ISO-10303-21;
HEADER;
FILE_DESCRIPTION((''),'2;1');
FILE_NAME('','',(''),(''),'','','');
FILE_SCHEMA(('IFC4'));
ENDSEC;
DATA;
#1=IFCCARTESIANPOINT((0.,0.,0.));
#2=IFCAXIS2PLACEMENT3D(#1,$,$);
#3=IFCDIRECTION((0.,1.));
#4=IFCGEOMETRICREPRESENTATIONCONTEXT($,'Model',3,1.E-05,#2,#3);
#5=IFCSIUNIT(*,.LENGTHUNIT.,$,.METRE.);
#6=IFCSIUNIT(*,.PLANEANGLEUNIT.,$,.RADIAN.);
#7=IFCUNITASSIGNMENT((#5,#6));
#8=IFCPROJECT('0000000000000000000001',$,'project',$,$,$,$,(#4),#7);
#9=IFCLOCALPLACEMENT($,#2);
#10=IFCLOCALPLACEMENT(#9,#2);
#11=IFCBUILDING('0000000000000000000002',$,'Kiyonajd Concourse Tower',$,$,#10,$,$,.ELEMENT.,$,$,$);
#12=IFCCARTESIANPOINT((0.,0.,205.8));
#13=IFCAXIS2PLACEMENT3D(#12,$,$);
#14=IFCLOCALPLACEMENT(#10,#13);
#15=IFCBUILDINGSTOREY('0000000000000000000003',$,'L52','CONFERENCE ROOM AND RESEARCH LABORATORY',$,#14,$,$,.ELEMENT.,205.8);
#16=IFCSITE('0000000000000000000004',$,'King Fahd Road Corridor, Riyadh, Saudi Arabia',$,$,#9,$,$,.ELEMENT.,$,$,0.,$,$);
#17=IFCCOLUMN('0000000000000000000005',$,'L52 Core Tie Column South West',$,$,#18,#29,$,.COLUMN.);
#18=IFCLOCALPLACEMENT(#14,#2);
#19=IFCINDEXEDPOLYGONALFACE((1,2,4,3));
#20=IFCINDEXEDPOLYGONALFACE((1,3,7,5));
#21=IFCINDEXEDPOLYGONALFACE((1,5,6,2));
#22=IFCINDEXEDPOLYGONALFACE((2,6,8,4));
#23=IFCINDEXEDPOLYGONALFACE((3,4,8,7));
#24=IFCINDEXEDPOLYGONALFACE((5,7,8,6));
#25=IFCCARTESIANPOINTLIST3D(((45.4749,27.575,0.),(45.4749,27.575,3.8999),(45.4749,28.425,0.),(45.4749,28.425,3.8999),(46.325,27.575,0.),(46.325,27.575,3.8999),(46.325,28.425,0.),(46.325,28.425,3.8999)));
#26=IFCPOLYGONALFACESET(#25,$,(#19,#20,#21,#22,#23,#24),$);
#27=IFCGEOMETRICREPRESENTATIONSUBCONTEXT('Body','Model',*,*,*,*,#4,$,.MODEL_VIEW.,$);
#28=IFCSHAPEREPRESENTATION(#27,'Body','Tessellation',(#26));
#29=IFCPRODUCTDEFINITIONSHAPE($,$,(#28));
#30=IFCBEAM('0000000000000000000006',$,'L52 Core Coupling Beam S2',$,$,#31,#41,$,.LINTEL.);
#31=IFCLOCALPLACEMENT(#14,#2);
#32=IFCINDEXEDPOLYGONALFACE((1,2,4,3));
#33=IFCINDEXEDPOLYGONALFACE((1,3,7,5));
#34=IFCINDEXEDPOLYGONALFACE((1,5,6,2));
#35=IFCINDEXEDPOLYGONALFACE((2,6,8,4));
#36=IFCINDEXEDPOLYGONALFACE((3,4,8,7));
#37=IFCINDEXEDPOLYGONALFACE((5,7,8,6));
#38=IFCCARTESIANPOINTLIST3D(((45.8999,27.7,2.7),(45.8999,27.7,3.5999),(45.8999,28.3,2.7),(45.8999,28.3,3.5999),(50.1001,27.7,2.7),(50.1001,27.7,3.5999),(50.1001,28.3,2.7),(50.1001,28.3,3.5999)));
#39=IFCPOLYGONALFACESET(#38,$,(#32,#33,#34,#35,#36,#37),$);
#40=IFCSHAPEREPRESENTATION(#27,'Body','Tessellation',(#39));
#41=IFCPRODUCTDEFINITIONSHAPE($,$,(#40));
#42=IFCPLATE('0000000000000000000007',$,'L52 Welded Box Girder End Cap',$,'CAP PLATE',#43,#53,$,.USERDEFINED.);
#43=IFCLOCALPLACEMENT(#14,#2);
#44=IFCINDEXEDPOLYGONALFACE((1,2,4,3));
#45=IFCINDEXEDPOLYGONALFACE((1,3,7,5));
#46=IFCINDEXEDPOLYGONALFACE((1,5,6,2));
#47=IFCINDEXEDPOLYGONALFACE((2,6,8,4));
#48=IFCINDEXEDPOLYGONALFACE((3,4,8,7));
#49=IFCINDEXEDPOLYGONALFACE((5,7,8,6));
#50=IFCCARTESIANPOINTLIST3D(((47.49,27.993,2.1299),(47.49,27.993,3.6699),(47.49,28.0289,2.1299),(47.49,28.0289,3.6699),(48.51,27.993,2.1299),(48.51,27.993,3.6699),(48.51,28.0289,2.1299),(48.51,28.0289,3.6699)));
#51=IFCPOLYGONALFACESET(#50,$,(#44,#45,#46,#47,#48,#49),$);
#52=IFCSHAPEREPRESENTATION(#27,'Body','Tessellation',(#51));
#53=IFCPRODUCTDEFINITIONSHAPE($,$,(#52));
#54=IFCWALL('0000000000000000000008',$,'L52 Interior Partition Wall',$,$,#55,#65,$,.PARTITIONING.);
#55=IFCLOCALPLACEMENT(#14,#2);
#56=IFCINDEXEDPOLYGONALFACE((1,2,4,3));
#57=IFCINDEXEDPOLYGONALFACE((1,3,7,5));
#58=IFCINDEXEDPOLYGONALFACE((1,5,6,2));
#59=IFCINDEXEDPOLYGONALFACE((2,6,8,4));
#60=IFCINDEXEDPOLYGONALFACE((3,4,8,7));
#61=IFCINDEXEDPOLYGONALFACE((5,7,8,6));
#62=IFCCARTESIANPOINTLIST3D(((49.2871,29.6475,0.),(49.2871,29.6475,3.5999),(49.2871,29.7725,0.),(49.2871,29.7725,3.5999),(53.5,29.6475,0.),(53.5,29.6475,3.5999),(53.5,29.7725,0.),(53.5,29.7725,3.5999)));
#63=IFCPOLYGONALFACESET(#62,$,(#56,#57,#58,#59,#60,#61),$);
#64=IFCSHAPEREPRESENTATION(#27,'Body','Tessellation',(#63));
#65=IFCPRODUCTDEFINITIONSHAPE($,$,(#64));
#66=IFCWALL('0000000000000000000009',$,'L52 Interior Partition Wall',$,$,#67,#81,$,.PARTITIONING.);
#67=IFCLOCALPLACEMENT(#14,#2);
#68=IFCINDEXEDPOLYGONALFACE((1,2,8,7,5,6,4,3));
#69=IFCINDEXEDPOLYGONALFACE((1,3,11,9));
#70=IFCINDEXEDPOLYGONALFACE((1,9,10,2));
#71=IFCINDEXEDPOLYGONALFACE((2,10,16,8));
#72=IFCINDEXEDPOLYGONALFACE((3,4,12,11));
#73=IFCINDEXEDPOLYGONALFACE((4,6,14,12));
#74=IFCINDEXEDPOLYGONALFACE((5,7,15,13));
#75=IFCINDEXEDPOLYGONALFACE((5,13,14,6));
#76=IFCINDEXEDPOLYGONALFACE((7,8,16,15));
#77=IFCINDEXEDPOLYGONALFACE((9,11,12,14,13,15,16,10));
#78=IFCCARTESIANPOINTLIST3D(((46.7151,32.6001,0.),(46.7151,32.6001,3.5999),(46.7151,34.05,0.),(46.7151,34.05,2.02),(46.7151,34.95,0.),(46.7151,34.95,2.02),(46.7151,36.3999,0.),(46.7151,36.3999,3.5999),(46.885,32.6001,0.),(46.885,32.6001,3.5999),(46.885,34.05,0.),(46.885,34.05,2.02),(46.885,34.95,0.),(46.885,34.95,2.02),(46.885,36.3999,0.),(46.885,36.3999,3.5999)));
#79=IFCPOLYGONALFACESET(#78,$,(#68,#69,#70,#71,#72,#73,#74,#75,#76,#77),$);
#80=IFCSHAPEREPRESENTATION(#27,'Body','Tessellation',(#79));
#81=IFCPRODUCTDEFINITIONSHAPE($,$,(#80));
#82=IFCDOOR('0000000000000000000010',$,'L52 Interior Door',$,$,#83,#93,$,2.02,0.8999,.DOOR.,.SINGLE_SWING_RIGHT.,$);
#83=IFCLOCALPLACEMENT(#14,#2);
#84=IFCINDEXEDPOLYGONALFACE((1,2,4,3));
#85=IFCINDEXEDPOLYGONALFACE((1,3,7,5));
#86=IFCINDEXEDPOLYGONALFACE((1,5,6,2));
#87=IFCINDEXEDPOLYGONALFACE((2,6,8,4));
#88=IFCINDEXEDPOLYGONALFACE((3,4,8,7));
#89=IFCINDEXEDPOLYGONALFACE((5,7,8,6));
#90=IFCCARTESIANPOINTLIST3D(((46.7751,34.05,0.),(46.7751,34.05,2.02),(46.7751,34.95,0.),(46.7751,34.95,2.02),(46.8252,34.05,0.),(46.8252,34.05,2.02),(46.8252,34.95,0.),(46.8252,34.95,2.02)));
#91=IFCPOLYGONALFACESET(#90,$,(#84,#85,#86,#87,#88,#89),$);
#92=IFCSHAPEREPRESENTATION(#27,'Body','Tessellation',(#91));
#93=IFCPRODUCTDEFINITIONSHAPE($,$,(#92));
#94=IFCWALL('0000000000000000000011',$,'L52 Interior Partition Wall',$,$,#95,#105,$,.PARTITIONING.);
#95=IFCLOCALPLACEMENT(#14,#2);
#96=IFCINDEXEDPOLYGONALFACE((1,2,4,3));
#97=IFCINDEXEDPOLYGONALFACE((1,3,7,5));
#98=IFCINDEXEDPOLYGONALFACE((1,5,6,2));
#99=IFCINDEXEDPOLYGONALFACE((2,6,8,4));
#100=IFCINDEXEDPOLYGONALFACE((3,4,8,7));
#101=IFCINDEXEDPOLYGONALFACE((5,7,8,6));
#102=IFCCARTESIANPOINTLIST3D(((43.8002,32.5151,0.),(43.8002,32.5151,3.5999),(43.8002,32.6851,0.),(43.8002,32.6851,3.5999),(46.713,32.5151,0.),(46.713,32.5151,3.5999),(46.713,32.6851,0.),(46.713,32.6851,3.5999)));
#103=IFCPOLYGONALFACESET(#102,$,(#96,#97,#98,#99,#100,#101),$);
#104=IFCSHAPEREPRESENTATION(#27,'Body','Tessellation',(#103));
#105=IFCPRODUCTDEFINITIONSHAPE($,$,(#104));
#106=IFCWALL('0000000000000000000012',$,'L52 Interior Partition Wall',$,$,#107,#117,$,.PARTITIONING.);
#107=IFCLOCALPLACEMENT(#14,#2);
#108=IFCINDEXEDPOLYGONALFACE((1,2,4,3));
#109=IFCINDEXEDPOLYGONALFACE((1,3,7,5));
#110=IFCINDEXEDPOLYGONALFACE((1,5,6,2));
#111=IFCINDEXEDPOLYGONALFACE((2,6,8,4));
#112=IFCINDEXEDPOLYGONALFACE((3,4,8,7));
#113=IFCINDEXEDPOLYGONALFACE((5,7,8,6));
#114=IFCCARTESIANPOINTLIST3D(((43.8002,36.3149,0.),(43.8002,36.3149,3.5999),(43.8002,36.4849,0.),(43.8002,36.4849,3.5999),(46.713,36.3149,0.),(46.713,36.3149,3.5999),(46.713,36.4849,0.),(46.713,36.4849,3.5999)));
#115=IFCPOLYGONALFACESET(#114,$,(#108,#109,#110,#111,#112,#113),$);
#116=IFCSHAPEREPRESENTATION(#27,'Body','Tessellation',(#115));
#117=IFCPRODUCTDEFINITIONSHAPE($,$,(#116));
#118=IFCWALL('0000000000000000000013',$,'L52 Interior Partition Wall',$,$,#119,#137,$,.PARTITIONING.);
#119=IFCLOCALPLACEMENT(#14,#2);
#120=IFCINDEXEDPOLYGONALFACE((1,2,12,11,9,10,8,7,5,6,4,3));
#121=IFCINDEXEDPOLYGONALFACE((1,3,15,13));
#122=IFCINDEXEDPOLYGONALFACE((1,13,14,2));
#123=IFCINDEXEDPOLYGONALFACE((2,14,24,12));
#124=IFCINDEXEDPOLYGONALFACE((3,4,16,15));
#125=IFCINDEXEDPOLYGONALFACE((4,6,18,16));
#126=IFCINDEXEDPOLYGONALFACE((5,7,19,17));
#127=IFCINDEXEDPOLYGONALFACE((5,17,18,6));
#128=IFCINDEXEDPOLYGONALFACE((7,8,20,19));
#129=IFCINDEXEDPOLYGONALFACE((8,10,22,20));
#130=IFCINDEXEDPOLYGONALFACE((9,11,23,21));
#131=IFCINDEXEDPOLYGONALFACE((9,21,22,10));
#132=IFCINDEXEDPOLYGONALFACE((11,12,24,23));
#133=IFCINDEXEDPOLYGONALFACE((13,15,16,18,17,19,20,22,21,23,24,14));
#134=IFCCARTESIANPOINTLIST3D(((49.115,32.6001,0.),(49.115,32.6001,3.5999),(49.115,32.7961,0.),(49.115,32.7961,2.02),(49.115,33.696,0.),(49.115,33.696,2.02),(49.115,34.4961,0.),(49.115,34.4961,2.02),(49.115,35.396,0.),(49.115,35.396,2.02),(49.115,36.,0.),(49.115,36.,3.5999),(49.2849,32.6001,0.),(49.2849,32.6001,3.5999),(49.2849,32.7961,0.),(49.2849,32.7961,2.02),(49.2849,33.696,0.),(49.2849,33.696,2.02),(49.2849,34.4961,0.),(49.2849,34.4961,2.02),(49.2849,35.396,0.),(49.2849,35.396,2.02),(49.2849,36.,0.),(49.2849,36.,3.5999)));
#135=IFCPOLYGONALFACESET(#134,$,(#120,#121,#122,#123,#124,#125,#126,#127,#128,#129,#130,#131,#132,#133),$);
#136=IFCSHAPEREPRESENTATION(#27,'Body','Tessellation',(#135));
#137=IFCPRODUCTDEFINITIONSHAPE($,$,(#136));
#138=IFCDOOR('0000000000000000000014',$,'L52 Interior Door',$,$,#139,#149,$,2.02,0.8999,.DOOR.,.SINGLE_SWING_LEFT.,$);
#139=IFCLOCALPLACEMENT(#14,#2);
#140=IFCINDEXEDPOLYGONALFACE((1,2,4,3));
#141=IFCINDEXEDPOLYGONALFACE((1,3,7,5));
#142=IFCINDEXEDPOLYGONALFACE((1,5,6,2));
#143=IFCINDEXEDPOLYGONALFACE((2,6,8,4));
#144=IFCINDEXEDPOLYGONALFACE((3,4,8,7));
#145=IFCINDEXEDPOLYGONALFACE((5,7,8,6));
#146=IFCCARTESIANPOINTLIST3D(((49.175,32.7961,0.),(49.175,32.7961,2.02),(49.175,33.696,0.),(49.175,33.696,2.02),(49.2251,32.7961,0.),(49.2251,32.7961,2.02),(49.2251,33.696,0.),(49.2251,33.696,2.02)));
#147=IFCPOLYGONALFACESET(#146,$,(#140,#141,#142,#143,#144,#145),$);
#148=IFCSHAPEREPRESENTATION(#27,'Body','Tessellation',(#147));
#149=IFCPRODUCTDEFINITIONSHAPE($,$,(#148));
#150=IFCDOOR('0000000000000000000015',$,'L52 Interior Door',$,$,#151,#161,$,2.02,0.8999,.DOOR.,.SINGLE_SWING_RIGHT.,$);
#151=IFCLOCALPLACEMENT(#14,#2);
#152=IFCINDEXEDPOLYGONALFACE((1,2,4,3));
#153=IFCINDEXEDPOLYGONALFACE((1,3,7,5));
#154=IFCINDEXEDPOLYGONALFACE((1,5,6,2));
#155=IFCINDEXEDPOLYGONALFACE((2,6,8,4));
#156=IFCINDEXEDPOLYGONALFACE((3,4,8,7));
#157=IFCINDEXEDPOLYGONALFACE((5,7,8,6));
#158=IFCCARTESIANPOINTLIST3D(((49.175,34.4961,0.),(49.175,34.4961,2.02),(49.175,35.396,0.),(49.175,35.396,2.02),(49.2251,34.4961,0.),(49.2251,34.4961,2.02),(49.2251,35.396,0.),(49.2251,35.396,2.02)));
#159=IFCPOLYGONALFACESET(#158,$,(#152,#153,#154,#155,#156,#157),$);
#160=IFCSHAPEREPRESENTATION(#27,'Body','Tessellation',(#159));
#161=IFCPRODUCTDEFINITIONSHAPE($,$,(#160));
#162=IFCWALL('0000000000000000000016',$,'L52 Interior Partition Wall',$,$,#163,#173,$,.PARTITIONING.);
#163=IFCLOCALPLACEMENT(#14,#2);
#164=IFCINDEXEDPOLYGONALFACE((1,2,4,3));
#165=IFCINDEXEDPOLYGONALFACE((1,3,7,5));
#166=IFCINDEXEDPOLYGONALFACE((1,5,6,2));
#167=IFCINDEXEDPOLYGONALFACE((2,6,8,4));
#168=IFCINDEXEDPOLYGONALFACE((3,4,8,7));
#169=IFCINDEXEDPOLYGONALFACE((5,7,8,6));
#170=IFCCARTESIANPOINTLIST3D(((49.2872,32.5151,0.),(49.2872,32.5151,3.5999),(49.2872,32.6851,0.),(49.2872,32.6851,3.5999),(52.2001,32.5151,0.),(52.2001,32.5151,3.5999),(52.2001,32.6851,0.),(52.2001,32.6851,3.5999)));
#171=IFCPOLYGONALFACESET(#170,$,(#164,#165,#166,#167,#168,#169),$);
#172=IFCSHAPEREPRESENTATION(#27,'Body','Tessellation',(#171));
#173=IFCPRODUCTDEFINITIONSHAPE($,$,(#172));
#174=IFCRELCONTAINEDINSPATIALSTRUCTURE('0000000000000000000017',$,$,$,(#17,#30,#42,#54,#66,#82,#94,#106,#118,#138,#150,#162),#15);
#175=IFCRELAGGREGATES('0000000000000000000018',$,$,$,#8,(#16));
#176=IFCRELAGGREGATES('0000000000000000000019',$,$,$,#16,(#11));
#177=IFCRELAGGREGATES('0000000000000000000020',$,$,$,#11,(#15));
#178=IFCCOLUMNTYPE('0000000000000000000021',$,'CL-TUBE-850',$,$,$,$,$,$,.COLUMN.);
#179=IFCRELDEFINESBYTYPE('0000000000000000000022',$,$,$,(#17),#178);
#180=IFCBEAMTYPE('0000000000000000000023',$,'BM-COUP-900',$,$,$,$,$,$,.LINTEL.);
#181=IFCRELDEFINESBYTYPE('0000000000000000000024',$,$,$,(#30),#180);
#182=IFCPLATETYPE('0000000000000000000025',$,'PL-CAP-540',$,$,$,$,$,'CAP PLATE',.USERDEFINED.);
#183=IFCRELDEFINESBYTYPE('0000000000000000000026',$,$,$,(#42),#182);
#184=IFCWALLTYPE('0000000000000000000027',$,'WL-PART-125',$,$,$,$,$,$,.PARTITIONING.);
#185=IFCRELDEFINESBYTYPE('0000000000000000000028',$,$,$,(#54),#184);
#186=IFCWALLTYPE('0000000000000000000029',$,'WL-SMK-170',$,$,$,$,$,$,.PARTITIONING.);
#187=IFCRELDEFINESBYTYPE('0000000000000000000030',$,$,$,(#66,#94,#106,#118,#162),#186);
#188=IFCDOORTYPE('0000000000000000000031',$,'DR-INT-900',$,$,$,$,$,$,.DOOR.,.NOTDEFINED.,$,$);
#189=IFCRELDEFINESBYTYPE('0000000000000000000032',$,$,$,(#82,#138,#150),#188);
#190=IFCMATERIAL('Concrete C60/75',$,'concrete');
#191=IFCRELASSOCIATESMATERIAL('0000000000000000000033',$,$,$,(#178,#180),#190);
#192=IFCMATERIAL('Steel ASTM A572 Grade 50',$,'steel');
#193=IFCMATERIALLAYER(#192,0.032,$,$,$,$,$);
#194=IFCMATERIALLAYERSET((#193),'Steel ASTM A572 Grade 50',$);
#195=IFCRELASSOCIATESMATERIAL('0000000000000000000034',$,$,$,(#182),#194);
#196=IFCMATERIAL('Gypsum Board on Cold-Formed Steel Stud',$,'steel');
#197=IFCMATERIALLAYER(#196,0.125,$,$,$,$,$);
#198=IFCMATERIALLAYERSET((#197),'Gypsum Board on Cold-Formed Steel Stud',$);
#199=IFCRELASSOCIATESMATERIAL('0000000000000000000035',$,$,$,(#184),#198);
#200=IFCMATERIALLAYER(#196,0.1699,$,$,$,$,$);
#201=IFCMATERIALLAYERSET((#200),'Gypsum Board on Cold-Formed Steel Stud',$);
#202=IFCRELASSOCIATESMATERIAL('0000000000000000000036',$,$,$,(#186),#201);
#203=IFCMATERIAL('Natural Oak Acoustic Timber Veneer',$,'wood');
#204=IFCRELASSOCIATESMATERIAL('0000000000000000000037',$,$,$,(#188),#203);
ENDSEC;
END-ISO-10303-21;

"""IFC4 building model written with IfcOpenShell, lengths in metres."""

from ifc_helpers import new_model, si_unit, direction, frame, frame_2d, origin, origin_2d, place, context, subcontext, project, spatial, rectangle, extrude, material, layer, layer_set, material_profile, profile_set, type_object, element, fill, save


model = new_model("IFC4")

# Units and contexts
model_context = context("Model", 3, precision=1e-05, world=origin(), true_north=direction((0.0, 1.0)))
body_context = subcontext(model_context, "Body", "Model", "MODEL_VIEW")
ifc_project = project(units=[si_unit("LENGTHUNIT", "METRE"), si_unit("PLANEANGLEUNIT", "RADIAN")], contexts=[model_context])

# Site, building, storey
site_placement = place(None, origin())
site = spatial("IfcSite", under=ifc_project, at=site_placement, Name="King Fahd Road Corridor, Riyadh, Saudi Arabia", CompositionType="ELEMENT", RefElevation=0.0)
building_placement = place(site_placement, origin())
building = spatial("IfcBuilding", under=site, at=building_placement, Name="Kiyonajd Concourse Tower", CompositionType="ELEMENT")
storey_placement = place(building_placement, frame((0.0, 0.0, 205.8)))
storey = spatial("IfcBuildingStorey", under=building, at=storey_placement, Name="L52", Description="CONFERENCE ROOM AND RESEARCH LABORATORY", CompositionType="ELEMENT", Elevation=205.8)

# Column
ifc_material_1 = material(Name="Concrete C60/75", Category="concrete")
ifc_material_profile_1 = material_profile(ifc_material_1, rectangle(XDim=0.8501, YDim=0.8501, at=origin_2d()), Name="RC-850x850")
ifc_profile_set_1 = profile_set([ifc_material_profile_1], Name="Concrete C60/75")
column_type = type_object("IfcColumnType", Name="CL-TUBE-850", PredefinedType="COLUMN", material=ifc_profile_set_1)
column_placement = place(storey_placement, frame((45.8999, 28.0, 0.0), z_axis=(0.0, 0.0, 1.0), x_axis=(1.0, 0.0, 0.0)))
element("IfcColumn", 1, at=column_placement, inside=storey, type_object=column_type, Name="L52 Core Tie Column South West", PredefinedType="COLUMN", context=body_context, shape_type="SweptSolid", body=[
    extrude(rectangle(XDim=0.8501, YDim=0.8501, at=origin_2d()), origin(), (0.0, 0.0, 1.0), 3.8999),
])

# Beam
ifc_material_profile_2 = material_profile(ifc_material_1, rectangle(XDim=0.6001, YDim=0.8999, at=origin_2d()), Name="RCBM-600x900")
ifc_profile_set_2 = profile_set([ifc_material_profile_2], Name="Concrete C60/75")
beam_type = type_object("IfcBeamType", Name="BM-COUP-900", PredefinedType="LINTEL", material=ifc_profile_set_2)
beam_placement = place(storey_placement, frame((45.8999, 28.0, 3.1499), z_axis=(1.0, 0.0, 0.0), x_axis=(0.0, 1.0, 0.0)))
element("IfcBeam", 2, at=beam_placement, inside=storey, type_object=beam_type, Name="L52 Core Coupling Beam S2", PredefinedType="LINTEL", context=body_context, shape_type="SweptSolid", body=[
    extrude(rectangle(XDim=0.6001, YDim=0.8999, at=origin_2d()), origin(), (0.0, 0.0, 1.0), 4.2002),
])

# Plate
ifc_material_2 = material(Name="Steel ASTM A572 Grade 50", Category="steel")
ifc_layer_1 = layer(ifc_material_2, 0.032)
ifc_layer_set_1 = layer_set([ifc_layer_1], Name="Steel ASTM A572 Grade 50")
plate_type = type_object("IfcPlateType", Name="PL-CAP-540", ElementType="CAP PLATE", PredefinedType="USERDEFINED", material=ifc_layer_set_1)
plate_placement = place(storey_placement, frame((48.0, 28.011, 2.1299), z_axis=(0.0, 0.0, 1.0), x_axis=(0.0, 1.0, 0.0)))
element("IfcPlate", 3, at=plate_placement, inside=storey, type_object=plate_type, Name="L52 Welded Box Girder End Cap", ObjectType="CAP PLATE", PredefinedType="USERDEFINED", context=body_context, shape_type="SweptSolid", body=[
    extrude(rectangle(XDim=0.0359, YDim=1.02, at=origin_2d()), origin(), (0.0, 0.0, 1.0), 1.54),
])

# Wall
ifc_material_3 = material(Name="Gypsum Board on Cold-Formed Steel Stud", Category="steel")
ifc_layer_2 = layer(ifc_material_3, 0.125)
ifc_layer_set_2 = layer_set([ifc_layer_2], Name="Gypsum Board on Cold-Formed Steel Stud")
wall_type_1 = type_object("IfcWallType", Name="WL-PART-125", PredefinedType="PARTITIONING", material=ifc_layer_set_2)
wall_1_placement = place(storey_placement, frame((49.2871, 29.71, 0.0), z_axis=(0.0, 0.0, 1.0), x_axis=(1.0, 0.0, 0.0)))
element("IfcWall", 4, at=wall_1_placement, inside=storey, type_object=wall_type_1, Name="L52 Interior Partition Wall", PredefinedType="PARTITIONING", context=body_context, shape_type="SweptSolid", body=[
    extrude(rectangle(XDim=4.2129, YDim=0.125, at=frame_2d((2.1064, 0.0))), origin(), (0.0, 0.0, 1.0), 3.5999),
])

# Wall, opening, door
ifc_layer_3 = layer(ifc_material_3, 0.1699)
ifc_layer_set_3 = layer_set([ifc_layer_3], Name="Gypsum Board on Cold-Formed Steel Stud")
wall_type_2 = type_object("IfcWallType", Name="WL-SMK-170", PredefinedType="PARTITIONING", material=ifc_layer_set_3)
wall_2_placement = place(storey_placement, frame((46.8, 32.6001, 0.0), z_axis=(0.0, 0.0, 1.0), x_axis=(0.0, 1.0, 0.0)))
wall_2 = element("IfcWall", 5, at=wall_2_placement, inside=storey, type_object=wall_type_2, Name="L52 Interior Partition Wall", PredefinedType="PARTITIONING", context=body_context, shape_type="SweptSolid", body=[
    extrude(rectangle(XDim=3.7998, YDim=0.1699, at=frame_2d((1.8999, 0.0))), origin(), (0.0, 0.0, 1.0), 3.5999),
])
opening_1_placement = place(wall_2_placement, frame((1.45, 0.0, 0.0)))
opening_1 = element("IfcOpeningElement", 6, at=opening_1_placement, cuts=wall_2, PredefinedType="OPENING", context=body_context, shape_type="SweptSolid", body=[
    extrude(rectangle(XDim=0.8999, YDim=2.02, at=frame_2d((0.45, 1.01))), frame((0.0, 0.095, 0.0), z_axis=(0.0, -1.0, 0.0), x_axis=(1.0, 0.0, 0.0)), (0.0, 0.0, 1.0), 0.1899),
])
ifc_material_4 = material(Name="Natural Oak Acoustic Timber Veneer", Category="wood")
door_type = type_object("IfcDoorType", Name="DR-INT-900", OperationType="NOTDEFINED", PredefinedType="DOOR", material=ifc_material_4)
door_1_placement = place(opening_1_placement, origin())
door_1 = element("IfcDoor", 7, at=door_1_placement, inside=storey, type_object=door_type, Name="L52 Interior Door", OperationType="SINGLE_SWING_RIGHT", OverallHeight=2.02, OverallWidth=0.8999, PredefinedType="DOOR", context=body_context, shape_type="SweptSolid", body=[
    extrude(rectangle(XDim=0.8999, YDim=2.02, at=frame_2d((0.45, 1.01))), frame((0.0, 0.0249, 0.0), z_axis=(0.0, -1.0, 0.0), x_axis=(1.0, 0.0, 0.0)), (0.0, 0.0, 1.0), 0.05),
])
fill(opening_1, door_1)

# Walls
for number, where, z_axis, x_axis, name in (
    (8, (43.8, 32.6001, 0.0), (0.0, 0.0, 1.0), (1.0, 0.0, 0.0), "L52 Interior Partition Wall"),
    (9, (43.8, 36.3999, 0.0), (0.0, 0.0, 1.0), (1.0, 0.0, 0.0), "L52 Interior Partition Wall"),
):
    element("IfcWall", number, at=place(storey_placement, frame(where, z_axis=z_axis, x_axis=x_axis)), inside=storey, type_object=wall_type_2, Name=name, PredefinedType="PARTITIONING", context=body_context, shape_type="SweptSolid", body=[
        extrude(rectangle(XDim=2.9128, YDim=0.1699, at=frame_2d((1.4565, 0.0))), origin(), (0.0, 0.0, 1.0), 3.5999),
    ])

# Wall, openings, doors
wall_3_placement = place(storey_placement, frame((49.2, 32.6001, 0.0), z_axis=(0.0, 0.0, 1.0), x_axis=(0.0, 1.0, 0.0)))
wall_3 = element("IfcWall", 10, at=wall_3_placement, inside=storey, type_object=wall_type_2, Name="L52 Interior Partition Wall", PredefinedType="PARTITIONING", context=body_context, shape_type="SweptSolid", body=[
    extrude(rectangle(XDim=3.3999, YDim=0.1699, at=frame_2d((1.7, 0.0))), origin(), (0.0, 0.0, 1.0), 3.5999),
])
opening_2_placement = place(wall_3_placement, frame((0.196, 0.0, 0.0)))
opening_2 = element("IfcOpeningElement", 11, at=opening_2_placement, cuts=wall_3, PredefinedType="OPENING", context=body_context, shape_type="SweptSolid", body=[
    extrude(rectangle(XDim=0.8999, YDim=2.02, at=frame_2d((0.45, 1.01))), frame((0.0, 0.095, 0.0), z_axis=(0.0, -1.0, 0.0), x_axis=(1.0, 0.0, 0.0)), (0.0, 0.0, 1.0), 0.1899),
])
opening_3_placement = place(wall_3_placement, frame((1.896, 0.0, 0.0)))
opening_3 = element("IfcOpeningElement", 12, at=opening_3_placement, cuts=wall_3, PredefinedType="OPENING", context=body_context, shape_type="SweptSolid", body=[
    extrude(rectangle(XDim=0.8999, YDim=2.02, at=frame_2d((0.45, 1.01))), frame((0.0, 0.095, 0.0), z_axis=(0.0, -1.0, 0.0), x_axis=(1.0, 0.0, 0.0)), (0.0, 0.0, 1.0), 0.1899),
])
door_2_placement = place(opening_2_placement, origin())
door_2 = element("IfcDoor", 13, at=door_2_placement, inside=storey, type_object=door_type, Name="L52 Interior Door", OperationType="SINGLE_SWING_LEFT", OverallHeight=2.02, OverallWidth=0.8999, PredefinedType="DOOR", context=body_context, shape_type="SweptSolid", body=[
    extrude(rectangle(XDim=0.8999, YDim=2.02, at=frame_2d((0.45, 1.01))), frame((0.0, 0.0249, 0.0), z_axis=(0.0, -1.0, 0.0), x_axis=(1.0, 0.0, 0.0)), (0.0, 0.0, 1.0), 0.05),
])
fill(opening_2, door_2)
door_3_placement = place(opening_3_placement, origin())
door_3 = element("IfcDoor", 14, at=door_3_placement, inside=storey, type_object=door_type, Name="L52 Interior Door", OperationType="SINGLE_SWING_RIGHT", OverallHeight=2.02, OverallWidth=0.8999, PredefinedType="DOOR", context=body_context, shape_type="SweptSolid", body=[
    extrude(rectangle(XDim=0.8999, YDim=2.02, at=frame_2d((0.45, 1.01))), frame((0.0, 0.0249, 0.0), z_axis=(0.0, -1.0, 0.0), x_axis=(1.0, 0.0, 0.0)), (0.0, 0.0, 1.0), 0.05),
])
fill(opening_3, door_3)

# Wall
wall_4_placement = place(storey_placement, frame((49.2871, 32.6001, 0.0), z_axis=(0.0, 0.0, 1.0), x_axis=(1.0, 0.0, 0.0)))
element("IfcWall", 15, at=wall_4_placement, inside=storey, type_object=wall_type_2, Name="L52 Interior Partition Wall", PredefinedType="PARTITIONING", context=body_context, shape_type="SweptSolid", body=[
    extrude(rectangle(XDim=2.9128, YDim=0.1699, at=frame_2d((1.4565, 0.0))), origin(), (0.0, 0.0, 1.0), 3.5999),
])

save(model, "model.ifc")
